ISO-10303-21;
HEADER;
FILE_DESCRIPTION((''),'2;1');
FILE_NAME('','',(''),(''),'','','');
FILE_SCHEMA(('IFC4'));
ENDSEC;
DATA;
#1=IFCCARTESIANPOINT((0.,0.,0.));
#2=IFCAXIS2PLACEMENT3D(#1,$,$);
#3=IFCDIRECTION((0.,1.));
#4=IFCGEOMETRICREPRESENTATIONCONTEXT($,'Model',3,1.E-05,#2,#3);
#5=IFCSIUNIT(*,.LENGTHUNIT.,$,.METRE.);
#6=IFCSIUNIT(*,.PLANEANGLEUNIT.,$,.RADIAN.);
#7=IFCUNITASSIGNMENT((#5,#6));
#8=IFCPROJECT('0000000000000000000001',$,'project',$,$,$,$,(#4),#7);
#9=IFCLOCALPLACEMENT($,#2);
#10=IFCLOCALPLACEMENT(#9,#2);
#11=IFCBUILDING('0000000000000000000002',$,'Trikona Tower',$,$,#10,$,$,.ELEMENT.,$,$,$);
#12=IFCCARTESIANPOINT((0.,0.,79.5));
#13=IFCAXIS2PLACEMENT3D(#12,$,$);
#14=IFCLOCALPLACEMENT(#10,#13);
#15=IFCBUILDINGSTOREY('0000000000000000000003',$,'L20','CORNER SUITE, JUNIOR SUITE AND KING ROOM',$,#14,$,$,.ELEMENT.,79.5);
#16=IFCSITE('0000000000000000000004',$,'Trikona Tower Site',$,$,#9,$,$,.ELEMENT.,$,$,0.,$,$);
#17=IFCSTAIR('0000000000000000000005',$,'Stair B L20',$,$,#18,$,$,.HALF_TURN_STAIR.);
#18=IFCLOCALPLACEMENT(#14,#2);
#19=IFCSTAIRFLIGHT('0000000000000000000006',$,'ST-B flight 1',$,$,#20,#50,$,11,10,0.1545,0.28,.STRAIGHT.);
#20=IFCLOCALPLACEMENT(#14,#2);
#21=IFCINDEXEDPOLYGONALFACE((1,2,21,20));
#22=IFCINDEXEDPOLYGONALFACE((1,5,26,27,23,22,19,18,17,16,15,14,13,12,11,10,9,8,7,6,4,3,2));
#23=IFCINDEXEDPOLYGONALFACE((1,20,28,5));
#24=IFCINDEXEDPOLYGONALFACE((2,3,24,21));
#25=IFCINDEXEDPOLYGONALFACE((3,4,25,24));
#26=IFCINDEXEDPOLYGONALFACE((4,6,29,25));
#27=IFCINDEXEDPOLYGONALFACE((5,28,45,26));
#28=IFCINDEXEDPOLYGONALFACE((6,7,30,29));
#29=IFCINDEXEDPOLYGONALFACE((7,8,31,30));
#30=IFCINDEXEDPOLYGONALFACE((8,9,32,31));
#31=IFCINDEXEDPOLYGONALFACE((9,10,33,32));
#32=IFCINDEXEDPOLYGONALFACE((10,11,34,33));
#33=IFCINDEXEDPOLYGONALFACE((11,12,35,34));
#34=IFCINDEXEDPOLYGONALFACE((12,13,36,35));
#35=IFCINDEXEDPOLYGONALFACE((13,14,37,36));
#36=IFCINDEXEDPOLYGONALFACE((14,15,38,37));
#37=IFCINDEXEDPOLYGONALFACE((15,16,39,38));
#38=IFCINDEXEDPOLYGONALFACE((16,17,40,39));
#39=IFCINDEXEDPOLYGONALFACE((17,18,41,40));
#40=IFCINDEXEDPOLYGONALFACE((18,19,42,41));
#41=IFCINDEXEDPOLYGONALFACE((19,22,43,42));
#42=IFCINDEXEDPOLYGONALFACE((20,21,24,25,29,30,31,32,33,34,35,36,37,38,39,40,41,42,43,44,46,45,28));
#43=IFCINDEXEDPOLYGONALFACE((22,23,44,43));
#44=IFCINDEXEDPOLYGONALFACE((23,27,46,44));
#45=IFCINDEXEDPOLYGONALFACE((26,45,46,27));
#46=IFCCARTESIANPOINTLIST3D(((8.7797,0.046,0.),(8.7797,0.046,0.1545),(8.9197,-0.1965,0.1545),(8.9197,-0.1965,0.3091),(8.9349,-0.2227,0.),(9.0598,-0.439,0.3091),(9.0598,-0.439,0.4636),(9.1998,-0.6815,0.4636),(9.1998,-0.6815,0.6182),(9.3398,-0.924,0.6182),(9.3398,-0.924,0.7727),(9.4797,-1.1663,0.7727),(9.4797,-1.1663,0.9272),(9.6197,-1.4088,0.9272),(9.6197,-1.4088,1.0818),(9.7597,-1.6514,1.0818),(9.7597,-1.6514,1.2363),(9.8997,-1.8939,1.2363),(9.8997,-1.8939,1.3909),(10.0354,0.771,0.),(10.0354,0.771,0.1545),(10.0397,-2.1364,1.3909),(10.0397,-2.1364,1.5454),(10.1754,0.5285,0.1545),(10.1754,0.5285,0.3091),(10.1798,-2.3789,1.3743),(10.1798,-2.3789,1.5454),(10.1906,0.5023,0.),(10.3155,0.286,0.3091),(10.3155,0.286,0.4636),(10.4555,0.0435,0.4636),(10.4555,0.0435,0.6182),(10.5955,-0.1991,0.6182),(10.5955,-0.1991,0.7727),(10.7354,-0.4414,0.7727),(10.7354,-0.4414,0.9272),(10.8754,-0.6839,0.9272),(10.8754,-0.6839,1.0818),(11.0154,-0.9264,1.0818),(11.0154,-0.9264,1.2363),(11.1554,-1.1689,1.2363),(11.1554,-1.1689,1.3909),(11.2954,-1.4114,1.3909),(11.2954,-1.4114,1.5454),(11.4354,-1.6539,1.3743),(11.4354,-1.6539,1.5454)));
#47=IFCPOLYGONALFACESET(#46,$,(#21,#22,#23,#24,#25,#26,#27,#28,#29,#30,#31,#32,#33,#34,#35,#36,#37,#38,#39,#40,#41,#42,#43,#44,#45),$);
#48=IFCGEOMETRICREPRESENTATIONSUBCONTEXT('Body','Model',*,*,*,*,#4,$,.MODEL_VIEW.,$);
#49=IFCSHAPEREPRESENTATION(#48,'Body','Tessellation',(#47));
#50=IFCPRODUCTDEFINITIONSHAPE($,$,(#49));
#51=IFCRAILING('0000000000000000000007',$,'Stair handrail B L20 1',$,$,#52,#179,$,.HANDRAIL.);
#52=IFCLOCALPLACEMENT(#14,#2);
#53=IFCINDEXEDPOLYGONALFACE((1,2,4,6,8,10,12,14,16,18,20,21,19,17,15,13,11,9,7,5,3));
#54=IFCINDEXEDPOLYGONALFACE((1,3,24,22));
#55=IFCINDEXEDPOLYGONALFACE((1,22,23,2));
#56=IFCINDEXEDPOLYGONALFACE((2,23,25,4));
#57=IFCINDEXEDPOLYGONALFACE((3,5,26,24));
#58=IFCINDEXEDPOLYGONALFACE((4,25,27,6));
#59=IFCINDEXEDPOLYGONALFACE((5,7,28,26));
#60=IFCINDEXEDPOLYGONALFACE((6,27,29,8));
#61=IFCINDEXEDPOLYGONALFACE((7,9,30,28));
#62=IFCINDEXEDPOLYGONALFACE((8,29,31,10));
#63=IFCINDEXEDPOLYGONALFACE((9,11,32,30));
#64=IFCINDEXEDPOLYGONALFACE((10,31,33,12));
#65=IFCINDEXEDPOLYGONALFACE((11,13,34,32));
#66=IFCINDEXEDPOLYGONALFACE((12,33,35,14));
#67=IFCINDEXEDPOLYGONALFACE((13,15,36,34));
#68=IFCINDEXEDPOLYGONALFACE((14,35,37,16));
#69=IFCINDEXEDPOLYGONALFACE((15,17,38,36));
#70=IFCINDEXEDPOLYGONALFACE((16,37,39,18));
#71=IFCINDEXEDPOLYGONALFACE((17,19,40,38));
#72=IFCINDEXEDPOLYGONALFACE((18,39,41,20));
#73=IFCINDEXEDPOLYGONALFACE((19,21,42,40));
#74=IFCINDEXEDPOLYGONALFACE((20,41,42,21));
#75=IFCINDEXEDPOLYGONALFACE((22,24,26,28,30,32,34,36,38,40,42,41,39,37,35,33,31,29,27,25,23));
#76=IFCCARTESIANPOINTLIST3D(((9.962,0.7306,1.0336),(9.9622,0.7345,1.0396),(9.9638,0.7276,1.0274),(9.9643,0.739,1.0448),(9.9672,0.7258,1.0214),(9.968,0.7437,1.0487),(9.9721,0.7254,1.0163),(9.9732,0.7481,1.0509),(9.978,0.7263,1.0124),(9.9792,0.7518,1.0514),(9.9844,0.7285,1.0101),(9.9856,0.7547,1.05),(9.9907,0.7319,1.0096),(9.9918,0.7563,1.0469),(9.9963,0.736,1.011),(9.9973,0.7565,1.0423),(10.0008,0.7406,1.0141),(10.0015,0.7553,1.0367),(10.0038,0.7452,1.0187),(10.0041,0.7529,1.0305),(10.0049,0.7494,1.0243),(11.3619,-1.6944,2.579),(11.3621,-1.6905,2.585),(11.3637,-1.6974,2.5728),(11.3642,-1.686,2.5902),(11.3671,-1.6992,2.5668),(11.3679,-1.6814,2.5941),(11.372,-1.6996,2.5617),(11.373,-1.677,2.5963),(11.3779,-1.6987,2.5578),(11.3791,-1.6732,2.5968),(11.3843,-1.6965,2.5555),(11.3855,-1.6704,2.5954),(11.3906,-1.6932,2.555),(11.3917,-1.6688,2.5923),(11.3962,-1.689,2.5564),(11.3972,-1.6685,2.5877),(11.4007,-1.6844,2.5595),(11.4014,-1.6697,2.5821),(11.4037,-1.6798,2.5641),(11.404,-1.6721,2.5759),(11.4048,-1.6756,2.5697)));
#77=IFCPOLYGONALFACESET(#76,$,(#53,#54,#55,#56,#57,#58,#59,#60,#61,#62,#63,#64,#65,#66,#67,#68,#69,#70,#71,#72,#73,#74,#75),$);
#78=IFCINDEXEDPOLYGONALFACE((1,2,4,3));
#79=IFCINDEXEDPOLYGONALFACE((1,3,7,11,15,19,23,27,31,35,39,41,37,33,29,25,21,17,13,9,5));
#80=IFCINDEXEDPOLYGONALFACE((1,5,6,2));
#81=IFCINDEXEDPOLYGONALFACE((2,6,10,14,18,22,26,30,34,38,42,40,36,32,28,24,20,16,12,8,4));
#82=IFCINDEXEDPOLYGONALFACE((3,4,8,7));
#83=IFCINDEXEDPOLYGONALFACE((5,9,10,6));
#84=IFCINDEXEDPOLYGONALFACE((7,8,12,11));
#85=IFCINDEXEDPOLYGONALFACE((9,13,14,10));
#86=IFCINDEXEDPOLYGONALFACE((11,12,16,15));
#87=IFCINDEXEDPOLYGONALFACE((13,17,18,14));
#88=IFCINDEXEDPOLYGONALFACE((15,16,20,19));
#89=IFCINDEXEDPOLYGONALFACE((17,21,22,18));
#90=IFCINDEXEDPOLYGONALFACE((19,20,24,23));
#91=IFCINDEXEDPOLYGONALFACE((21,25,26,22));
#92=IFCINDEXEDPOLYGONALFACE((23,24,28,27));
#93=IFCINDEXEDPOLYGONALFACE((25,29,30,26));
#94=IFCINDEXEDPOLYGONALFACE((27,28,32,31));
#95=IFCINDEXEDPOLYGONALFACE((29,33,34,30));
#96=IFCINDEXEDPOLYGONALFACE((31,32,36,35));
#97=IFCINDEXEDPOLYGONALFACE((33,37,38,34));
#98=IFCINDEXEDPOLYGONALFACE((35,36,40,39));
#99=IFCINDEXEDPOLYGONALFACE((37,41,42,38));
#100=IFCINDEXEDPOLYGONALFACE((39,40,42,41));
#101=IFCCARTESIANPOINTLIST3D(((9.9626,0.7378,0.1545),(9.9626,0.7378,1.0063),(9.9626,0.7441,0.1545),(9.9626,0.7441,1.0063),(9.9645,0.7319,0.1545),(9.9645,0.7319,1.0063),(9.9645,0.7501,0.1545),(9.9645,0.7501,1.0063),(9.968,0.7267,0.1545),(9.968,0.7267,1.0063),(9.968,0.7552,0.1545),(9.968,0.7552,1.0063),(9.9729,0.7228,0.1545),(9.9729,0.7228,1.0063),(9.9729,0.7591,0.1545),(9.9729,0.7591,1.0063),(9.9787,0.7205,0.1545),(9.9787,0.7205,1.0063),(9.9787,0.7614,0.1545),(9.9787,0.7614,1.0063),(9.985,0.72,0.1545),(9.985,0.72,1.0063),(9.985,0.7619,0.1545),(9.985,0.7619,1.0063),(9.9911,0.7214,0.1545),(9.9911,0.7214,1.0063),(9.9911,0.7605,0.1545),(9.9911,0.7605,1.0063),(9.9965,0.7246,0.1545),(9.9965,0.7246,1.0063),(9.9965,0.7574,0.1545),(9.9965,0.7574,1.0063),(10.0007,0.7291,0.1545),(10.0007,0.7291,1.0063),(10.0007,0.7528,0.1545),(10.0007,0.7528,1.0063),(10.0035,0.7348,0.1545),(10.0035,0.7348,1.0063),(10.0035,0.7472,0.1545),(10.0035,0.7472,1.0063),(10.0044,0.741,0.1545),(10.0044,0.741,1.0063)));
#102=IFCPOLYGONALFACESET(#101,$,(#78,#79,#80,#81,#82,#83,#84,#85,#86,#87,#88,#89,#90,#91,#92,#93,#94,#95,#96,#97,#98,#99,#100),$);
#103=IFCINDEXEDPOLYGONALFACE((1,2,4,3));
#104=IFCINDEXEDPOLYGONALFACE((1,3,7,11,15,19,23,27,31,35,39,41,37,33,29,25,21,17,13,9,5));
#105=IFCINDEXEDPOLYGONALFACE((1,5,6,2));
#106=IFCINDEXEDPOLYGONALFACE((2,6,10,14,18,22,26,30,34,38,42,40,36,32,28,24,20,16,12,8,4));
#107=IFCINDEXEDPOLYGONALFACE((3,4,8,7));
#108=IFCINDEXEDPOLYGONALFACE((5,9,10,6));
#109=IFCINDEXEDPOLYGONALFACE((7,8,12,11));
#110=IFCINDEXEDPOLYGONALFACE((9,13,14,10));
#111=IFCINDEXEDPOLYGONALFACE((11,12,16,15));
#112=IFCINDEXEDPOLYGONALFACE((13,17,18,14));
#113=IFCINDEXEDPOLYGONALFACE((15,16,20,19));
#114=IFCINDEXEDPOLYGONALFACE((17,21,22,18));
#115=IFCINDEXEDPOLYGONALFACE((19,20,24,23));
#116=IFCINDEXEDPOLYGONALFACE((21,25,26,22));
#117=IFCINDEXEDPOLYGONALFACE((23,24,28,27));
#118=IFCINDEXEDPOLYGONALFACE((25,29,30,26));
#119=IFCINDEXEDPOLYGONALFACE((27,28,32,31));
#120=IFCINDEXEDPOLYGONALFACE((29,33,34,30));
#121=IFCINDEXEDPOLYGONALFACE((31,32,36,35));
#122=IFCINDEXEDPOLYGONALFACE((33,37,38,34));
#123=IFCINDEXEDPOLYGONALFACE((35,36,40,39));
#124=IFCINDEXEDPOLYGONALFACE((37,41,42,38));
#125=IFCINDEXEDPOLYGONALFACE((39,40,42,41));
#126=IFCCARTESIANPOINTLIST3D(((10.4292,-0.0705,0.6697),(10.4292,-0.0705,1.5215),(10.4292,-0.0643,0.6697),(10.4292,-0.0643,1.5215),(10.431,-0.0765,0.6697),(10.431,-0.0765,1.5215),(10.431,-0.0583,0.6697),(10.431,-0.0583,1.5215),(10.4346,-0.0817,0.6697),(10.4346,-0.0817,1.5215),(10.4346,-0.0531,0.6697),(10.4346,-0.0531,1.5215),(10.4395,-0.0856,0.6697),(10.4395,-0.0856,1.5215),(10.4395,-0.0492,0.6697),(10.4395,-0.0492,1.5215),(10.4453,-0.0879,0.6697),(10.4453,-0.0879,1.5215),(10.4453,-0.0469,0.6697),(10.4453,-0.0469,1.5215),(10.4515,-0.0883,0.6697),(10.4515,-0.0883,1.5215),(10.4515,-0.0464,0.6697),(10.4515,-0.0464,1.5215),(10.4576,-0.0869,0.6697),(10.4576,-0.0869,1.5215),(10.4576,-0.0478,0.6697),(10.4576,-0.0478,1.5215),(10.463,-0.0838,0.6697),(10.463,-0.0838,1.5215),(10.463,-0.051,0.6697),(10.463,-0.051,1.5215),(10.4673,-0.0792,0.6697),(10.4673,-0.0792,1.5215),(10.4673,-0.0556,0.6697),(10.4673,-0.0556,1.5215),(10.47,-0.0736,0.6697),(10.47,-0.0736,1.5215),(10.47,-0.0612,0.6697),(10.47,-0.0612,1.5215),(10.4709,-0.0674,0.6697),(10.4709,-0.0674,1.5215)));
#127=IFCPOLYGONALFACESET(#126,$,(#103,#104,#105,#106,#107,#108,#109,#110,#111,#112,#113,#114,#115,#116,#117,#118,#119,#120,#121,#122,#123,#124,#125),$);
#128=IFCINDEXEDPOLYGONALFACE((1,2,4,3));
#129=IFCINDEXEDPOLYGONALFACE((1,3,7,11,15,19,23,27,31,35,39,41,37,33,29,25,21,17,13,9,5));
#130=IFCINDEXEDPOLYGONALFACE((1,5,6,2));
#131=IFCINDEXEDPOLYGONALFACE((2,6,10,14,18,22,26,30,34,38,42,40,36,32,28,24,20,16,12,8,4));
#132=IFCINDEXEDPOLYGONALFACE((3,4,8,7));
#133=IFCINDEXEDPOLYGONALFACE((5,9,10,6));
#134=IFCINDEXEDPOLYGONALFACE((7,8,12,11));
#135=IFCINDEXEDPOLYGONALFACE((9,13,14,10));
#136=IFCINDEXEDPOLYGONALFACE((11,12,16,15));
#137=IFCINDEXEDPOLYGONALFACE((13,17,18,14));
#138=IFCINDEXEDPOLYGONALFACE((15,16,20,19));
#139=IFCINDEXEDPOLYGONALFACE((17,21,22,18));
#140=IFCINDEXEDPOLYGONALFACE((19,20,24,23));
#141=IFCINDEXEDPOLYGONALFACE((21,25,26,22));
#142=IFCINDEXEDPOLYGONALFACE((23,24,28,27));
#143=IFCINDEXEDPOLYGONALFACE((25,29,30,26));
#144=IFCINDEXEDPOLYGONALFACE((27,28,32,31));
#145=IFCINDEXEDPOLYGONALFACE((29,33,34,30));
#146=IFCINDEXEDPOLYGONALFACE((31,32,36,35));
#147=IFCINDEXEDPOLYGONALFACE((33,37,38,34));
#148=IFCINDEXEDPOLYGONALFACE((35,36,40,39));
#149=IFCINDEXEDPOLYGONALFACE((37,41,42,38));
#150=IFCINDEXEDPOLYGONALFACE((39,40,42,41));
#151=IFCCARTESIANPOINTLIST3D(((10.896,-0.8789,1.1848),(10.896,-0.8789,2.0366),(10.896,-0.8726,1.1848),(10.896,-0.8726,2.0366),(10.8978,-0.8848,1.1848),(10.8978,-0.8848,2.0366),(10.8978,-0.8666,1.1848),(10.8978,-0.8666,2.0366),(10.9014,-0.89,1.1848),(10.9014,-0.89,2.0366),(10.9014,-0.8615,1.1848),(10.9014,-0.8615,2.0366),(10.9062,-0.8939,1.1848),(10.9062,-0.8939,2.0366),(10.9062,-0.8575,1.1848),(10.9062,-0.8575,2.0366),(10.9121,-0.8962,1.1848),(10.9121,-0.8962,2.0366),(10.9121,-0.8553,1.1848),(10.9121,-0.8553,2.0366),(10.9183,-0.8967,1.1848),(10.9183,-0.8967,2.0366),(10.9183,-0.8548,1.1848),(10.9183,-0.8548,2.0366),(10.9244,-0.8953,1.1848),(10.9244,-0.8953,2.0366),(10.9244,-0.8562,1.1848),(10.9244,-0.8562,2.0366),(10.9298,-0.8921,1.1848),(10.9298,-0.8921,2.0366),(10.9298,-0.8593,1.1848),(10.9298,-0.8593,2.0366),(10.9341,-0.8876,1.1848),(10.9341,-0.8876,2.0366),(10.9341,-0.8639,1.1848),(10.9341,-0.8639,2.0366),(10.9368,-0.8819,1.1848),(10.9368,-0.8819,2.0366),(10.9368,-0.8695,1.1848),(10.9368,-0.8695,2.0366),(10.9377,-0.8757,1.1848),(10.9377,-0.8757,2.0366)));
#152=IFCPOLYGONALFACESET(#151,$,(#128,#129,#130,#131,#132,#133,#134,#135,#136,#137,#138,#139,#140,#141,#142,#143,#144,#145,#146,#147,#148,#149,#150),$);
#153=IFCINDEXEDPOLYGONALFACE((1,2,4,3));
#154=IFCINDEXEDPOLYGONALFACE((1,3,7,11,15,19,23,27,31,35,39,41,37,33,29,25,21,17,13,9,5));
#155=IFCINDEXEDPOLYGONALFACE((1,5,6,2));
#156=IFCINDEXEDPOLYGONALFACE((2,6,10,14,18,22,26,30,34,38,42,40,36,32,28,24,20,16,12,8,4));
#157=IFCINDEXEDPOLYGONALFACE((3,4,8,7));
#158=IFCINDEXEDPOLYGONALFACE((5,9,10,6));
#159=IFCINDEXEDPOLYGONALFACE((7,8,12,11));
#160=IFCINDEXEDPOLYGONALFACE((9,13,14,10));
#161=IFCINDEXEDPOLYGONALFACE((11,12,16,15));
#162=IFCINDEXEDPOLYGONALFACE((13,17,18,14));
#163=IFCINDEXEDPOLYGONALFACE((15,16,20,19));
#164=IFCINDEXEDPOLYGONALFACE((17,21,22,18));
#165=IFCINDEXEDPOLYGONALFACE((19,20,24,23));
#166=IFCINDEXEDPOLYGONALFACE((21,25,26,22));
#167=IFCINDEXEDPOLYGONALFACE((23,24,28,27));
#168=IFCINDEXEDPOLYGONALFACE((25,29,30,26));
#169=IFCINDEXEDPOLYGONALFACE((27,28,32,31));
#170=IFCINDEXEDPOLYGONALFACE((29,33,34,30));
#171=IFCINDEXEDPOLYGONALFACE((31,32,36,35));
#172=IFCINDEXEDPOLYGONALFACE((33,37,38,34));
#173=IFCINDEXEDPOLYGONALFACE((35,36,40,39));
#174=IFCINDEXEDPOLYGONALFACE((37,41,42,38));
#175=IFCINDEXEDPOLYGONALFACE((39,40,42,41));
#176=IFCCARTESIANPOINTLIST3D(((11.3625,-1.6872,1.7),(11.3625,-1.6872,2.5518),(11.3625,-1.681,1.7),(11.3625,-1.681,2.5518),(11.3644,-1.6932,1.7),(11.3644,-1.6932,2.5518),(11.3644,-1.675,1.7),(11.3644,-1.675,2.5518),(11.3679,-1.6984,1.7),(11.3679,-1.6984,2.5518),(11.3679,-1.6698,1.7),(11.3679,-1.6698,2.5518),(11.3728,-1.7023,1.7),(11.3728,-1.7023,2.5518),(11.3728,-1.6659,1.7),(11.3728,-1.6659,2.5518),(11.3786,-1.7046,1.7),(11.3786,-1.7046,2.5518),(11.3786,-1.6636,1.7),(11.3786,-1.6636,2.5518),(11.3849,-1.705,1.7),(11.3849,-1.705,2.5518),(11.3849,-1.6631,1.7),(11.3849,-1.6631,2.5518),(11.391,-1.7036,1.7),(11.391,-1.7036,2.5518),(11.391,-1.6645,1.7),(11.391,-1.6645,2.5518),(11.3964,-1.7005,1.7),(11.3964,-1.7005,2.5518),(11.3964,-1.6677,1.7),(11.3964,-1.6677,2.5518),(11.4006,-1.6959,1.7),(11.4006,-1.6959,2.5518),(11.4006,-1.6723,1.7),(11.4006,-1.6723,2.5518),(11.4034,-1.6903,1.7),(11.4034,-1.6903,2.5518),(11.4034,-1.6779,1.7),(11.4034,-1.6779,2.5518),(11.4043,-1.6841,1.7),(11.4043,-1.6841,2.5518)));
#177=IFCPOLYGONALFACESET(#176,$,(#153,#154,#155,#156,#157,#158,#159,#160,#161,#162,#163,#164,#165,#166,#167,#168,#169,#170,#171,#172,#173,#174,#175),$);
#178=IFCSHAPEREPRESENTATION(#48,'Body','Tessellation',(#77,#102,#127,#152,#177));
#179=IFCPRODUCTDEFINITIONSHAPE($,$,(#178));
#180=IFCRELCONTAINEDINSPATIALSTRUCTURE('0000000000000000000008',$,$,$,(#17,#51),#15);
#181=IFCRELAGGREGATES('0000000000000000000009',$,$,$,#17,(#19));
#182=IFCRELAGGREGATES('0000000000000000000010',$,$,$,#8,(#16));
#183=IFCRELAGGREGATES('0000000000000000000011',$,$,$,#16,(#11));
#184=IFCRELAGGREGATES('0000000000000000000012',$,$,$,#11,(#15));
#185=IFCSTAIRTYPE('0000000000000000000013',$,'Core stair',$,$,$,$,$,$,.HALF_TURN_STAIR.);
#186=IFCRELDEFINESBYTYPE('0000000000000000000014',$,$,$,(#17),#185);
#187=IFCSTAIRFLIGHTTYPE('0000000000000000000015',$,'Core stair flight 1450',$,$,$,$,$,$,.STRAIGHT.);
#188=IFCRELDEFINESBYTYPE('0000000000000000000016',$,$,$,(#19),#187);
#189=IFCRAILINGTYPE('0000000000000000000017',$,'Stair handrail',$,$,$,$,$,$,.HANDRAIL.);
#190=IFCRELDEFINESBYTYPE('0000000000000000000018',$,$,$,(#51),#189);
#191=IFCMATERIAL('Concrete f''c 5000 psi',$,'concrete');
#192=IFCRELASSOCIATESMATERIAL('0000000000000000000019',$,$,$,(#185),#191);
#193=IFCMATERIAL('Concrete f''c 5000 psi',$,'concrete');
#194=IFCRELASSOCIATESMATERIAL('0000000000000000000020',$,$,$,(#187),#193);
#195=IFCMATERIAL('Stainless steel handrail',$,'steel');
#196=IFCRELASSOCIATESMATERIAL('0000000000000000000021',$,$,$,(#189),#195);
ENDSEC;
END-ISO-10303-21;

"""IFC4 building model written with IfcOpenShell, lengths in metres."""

from ifc_helpers import new_model, si_unit, direction, frame, origin, origin_2d, place, context, subcontext, project, spatial, polyline, circle, outline, extrude, material, type_object, element, aggregate, save


model = new_model("IFC4")

# Units and contexts
model_context = context("Model", 3, precision=1e-05, world=origin(), true_north=direction((0.0, 1.0)))
body_context = subcontext(model_context, "Body", "Model", "MODEL_VIEW")
ifc_project = project(units=[si_unit("LENGTHUNIT", "METRE"), si_unit("PLANEANGLEUNIT", "RADIAN")], contexts=[model_context])

# Site, building, storey
site_placement = place(None, origin())
site = spatial("IfcSite", under=ifc_project, at=site_placement, Name="Trikona Tower Site", CompositionType="ELEMENT", RefElevation=0.0)
building_placement = place(site_placement, origin())
building = spatial("IfcBuilding", under=site, at=building_placement, Name="Trikona Tower", CompositionType="ELEMENT")
storey_placement = place(building_placement, frame((0.0, 0.0, 79.5)))
storey = spatial("IfcBuildingStorey", under=building, at=storey_placement, Name="L20", Description="CORNER SUITE, JUNIOR SUITE AND KING ROOM", CompositionType="ELEMENT", Elevation=79.5)

# Stair
ifc_material_1 = material(Name="Concrete f'c 5000 psi", Category="concrete")
stair_type = type_object("IfcStairType", Name="Core stair", PredefinedType="HALF_TURN_STAIR", material=ifc_material_1)
stair_1_placement = place(storey_placement, origin())
stair_1 = element("IfcStair", 1, at=stair_1_placement, inside=storey, type_object=stair_type, Name="Stair B L20", PredefinedType="HALF_TURN_STAIR")

# Stair flight
ifc_material_2 = material(Name="Concrete f'c 5000 psi", Category="concrete")
stair_flight_type = type_object("IfcStairFlightType", Name="Core stair flight 1450", PredefinedType="STRAIGHT", material=ifc_material_2)
stair_flight_placement = place(storey_placement, frame((9.4075, 0.4084, 0.0), z_axis=(0.0, 0.0, 1.0), x_axis=(0.5, -0.866025, 0.0)))
stair_flight = element("IfcStairFlight", 2, at=stair_flight_placement, type_object=stair_flight_type, Name="ST-B flight 1", NumberOfRisers=11, NumberOfTreads=10, PredefinedType="STRAIGHT", RiserHeight=0.1545, TreadLength=0.28, context=body_context, shape_type="SweptSolid", body=[
    extrude(outline(polyline([(0.0, 0.0), (0.0, 0.1545), (0.28, 0.1545), (0.28, 0.3091), (0.5601, 0.3091), (0.5601, 0.4636), (0.8401, 0.4636), (0.8401, 0.6182), (1.1201, 0.6182), (1.1201, 0.7727), (1.3999, 0.7727), (1.3999, 0.9272), (1.6799, 0.9272), (1.6799, 1.0818), (1.96, 1.0818), (1.96, 1.2363), (2.24, 1.2363), (2.24, 1.3909), (2.52, 1.3909), (2.52, 1.5454), (2.8, 1.5454), (2.8, 1.7), (2.8, 1.3743), (0.3103, 0.0), (0.0, 0.0)])), frame((0.0, 0.7251, 0.0), z_axis=(0.0, -1.0, 0.0), x_axis=(1.0, 0.0, 0.0)), (0.0, 0.0, 1.0), 1.45),
])
aggregate(stair_1, [stair_flight])

# Railing
ifc_material_3 = material(Name="Stainless steel handrail", Category="steel")
railing_type = type_object("IfcRailingType", Name="Stair handrail", PredefinedType="HANDRAIL", material=ifc_material_3)
railing_placement = place(storey_placement, frame((9.9834, 0.741, 0.1545)))
element("IfcRailing", 3, at=railing_placement, inside=storey, type_object=railing_type, Name="Stair handrail B L20 1", PredefinedType="HANDRAIL", context=body_context, shape_type="SweptSolid", body=[
    extrude(circle(Radius=0.0239, at=origin_2d()), frame((0.0, 0.0, 0.876), z_axis=(0.437707, -0.75824, 0.483203), x_axis=(0.866056, 0.499946, 0.0)), (0.0, 0.0, 1.0), 3.1982),
    extrude(circle(Radius=0.021, at=origin_2d()), origin(), (0.0, 0.0, 1.0), 0.8518),
    extrude(circle(Radius=0.021, at=origin_2d()), frame((0.4666, -0.8083, 0.5151)), (0.0, 0.0, 1.0), 0.8518),
    extrude(circle(Radius=0.021, at=origin_2d()), frame((0.9333, -1.6167, 1.0303)), (0.0, 0.0, 1.0), 0.8518),
    extrude(circle(Radius=0.021, at=origin_2d()), frame((1.3999, -2.425, 1.5454)), (0.0, 0.0, 1.0), 0.8518),
])

save(model, "model.ifc")
